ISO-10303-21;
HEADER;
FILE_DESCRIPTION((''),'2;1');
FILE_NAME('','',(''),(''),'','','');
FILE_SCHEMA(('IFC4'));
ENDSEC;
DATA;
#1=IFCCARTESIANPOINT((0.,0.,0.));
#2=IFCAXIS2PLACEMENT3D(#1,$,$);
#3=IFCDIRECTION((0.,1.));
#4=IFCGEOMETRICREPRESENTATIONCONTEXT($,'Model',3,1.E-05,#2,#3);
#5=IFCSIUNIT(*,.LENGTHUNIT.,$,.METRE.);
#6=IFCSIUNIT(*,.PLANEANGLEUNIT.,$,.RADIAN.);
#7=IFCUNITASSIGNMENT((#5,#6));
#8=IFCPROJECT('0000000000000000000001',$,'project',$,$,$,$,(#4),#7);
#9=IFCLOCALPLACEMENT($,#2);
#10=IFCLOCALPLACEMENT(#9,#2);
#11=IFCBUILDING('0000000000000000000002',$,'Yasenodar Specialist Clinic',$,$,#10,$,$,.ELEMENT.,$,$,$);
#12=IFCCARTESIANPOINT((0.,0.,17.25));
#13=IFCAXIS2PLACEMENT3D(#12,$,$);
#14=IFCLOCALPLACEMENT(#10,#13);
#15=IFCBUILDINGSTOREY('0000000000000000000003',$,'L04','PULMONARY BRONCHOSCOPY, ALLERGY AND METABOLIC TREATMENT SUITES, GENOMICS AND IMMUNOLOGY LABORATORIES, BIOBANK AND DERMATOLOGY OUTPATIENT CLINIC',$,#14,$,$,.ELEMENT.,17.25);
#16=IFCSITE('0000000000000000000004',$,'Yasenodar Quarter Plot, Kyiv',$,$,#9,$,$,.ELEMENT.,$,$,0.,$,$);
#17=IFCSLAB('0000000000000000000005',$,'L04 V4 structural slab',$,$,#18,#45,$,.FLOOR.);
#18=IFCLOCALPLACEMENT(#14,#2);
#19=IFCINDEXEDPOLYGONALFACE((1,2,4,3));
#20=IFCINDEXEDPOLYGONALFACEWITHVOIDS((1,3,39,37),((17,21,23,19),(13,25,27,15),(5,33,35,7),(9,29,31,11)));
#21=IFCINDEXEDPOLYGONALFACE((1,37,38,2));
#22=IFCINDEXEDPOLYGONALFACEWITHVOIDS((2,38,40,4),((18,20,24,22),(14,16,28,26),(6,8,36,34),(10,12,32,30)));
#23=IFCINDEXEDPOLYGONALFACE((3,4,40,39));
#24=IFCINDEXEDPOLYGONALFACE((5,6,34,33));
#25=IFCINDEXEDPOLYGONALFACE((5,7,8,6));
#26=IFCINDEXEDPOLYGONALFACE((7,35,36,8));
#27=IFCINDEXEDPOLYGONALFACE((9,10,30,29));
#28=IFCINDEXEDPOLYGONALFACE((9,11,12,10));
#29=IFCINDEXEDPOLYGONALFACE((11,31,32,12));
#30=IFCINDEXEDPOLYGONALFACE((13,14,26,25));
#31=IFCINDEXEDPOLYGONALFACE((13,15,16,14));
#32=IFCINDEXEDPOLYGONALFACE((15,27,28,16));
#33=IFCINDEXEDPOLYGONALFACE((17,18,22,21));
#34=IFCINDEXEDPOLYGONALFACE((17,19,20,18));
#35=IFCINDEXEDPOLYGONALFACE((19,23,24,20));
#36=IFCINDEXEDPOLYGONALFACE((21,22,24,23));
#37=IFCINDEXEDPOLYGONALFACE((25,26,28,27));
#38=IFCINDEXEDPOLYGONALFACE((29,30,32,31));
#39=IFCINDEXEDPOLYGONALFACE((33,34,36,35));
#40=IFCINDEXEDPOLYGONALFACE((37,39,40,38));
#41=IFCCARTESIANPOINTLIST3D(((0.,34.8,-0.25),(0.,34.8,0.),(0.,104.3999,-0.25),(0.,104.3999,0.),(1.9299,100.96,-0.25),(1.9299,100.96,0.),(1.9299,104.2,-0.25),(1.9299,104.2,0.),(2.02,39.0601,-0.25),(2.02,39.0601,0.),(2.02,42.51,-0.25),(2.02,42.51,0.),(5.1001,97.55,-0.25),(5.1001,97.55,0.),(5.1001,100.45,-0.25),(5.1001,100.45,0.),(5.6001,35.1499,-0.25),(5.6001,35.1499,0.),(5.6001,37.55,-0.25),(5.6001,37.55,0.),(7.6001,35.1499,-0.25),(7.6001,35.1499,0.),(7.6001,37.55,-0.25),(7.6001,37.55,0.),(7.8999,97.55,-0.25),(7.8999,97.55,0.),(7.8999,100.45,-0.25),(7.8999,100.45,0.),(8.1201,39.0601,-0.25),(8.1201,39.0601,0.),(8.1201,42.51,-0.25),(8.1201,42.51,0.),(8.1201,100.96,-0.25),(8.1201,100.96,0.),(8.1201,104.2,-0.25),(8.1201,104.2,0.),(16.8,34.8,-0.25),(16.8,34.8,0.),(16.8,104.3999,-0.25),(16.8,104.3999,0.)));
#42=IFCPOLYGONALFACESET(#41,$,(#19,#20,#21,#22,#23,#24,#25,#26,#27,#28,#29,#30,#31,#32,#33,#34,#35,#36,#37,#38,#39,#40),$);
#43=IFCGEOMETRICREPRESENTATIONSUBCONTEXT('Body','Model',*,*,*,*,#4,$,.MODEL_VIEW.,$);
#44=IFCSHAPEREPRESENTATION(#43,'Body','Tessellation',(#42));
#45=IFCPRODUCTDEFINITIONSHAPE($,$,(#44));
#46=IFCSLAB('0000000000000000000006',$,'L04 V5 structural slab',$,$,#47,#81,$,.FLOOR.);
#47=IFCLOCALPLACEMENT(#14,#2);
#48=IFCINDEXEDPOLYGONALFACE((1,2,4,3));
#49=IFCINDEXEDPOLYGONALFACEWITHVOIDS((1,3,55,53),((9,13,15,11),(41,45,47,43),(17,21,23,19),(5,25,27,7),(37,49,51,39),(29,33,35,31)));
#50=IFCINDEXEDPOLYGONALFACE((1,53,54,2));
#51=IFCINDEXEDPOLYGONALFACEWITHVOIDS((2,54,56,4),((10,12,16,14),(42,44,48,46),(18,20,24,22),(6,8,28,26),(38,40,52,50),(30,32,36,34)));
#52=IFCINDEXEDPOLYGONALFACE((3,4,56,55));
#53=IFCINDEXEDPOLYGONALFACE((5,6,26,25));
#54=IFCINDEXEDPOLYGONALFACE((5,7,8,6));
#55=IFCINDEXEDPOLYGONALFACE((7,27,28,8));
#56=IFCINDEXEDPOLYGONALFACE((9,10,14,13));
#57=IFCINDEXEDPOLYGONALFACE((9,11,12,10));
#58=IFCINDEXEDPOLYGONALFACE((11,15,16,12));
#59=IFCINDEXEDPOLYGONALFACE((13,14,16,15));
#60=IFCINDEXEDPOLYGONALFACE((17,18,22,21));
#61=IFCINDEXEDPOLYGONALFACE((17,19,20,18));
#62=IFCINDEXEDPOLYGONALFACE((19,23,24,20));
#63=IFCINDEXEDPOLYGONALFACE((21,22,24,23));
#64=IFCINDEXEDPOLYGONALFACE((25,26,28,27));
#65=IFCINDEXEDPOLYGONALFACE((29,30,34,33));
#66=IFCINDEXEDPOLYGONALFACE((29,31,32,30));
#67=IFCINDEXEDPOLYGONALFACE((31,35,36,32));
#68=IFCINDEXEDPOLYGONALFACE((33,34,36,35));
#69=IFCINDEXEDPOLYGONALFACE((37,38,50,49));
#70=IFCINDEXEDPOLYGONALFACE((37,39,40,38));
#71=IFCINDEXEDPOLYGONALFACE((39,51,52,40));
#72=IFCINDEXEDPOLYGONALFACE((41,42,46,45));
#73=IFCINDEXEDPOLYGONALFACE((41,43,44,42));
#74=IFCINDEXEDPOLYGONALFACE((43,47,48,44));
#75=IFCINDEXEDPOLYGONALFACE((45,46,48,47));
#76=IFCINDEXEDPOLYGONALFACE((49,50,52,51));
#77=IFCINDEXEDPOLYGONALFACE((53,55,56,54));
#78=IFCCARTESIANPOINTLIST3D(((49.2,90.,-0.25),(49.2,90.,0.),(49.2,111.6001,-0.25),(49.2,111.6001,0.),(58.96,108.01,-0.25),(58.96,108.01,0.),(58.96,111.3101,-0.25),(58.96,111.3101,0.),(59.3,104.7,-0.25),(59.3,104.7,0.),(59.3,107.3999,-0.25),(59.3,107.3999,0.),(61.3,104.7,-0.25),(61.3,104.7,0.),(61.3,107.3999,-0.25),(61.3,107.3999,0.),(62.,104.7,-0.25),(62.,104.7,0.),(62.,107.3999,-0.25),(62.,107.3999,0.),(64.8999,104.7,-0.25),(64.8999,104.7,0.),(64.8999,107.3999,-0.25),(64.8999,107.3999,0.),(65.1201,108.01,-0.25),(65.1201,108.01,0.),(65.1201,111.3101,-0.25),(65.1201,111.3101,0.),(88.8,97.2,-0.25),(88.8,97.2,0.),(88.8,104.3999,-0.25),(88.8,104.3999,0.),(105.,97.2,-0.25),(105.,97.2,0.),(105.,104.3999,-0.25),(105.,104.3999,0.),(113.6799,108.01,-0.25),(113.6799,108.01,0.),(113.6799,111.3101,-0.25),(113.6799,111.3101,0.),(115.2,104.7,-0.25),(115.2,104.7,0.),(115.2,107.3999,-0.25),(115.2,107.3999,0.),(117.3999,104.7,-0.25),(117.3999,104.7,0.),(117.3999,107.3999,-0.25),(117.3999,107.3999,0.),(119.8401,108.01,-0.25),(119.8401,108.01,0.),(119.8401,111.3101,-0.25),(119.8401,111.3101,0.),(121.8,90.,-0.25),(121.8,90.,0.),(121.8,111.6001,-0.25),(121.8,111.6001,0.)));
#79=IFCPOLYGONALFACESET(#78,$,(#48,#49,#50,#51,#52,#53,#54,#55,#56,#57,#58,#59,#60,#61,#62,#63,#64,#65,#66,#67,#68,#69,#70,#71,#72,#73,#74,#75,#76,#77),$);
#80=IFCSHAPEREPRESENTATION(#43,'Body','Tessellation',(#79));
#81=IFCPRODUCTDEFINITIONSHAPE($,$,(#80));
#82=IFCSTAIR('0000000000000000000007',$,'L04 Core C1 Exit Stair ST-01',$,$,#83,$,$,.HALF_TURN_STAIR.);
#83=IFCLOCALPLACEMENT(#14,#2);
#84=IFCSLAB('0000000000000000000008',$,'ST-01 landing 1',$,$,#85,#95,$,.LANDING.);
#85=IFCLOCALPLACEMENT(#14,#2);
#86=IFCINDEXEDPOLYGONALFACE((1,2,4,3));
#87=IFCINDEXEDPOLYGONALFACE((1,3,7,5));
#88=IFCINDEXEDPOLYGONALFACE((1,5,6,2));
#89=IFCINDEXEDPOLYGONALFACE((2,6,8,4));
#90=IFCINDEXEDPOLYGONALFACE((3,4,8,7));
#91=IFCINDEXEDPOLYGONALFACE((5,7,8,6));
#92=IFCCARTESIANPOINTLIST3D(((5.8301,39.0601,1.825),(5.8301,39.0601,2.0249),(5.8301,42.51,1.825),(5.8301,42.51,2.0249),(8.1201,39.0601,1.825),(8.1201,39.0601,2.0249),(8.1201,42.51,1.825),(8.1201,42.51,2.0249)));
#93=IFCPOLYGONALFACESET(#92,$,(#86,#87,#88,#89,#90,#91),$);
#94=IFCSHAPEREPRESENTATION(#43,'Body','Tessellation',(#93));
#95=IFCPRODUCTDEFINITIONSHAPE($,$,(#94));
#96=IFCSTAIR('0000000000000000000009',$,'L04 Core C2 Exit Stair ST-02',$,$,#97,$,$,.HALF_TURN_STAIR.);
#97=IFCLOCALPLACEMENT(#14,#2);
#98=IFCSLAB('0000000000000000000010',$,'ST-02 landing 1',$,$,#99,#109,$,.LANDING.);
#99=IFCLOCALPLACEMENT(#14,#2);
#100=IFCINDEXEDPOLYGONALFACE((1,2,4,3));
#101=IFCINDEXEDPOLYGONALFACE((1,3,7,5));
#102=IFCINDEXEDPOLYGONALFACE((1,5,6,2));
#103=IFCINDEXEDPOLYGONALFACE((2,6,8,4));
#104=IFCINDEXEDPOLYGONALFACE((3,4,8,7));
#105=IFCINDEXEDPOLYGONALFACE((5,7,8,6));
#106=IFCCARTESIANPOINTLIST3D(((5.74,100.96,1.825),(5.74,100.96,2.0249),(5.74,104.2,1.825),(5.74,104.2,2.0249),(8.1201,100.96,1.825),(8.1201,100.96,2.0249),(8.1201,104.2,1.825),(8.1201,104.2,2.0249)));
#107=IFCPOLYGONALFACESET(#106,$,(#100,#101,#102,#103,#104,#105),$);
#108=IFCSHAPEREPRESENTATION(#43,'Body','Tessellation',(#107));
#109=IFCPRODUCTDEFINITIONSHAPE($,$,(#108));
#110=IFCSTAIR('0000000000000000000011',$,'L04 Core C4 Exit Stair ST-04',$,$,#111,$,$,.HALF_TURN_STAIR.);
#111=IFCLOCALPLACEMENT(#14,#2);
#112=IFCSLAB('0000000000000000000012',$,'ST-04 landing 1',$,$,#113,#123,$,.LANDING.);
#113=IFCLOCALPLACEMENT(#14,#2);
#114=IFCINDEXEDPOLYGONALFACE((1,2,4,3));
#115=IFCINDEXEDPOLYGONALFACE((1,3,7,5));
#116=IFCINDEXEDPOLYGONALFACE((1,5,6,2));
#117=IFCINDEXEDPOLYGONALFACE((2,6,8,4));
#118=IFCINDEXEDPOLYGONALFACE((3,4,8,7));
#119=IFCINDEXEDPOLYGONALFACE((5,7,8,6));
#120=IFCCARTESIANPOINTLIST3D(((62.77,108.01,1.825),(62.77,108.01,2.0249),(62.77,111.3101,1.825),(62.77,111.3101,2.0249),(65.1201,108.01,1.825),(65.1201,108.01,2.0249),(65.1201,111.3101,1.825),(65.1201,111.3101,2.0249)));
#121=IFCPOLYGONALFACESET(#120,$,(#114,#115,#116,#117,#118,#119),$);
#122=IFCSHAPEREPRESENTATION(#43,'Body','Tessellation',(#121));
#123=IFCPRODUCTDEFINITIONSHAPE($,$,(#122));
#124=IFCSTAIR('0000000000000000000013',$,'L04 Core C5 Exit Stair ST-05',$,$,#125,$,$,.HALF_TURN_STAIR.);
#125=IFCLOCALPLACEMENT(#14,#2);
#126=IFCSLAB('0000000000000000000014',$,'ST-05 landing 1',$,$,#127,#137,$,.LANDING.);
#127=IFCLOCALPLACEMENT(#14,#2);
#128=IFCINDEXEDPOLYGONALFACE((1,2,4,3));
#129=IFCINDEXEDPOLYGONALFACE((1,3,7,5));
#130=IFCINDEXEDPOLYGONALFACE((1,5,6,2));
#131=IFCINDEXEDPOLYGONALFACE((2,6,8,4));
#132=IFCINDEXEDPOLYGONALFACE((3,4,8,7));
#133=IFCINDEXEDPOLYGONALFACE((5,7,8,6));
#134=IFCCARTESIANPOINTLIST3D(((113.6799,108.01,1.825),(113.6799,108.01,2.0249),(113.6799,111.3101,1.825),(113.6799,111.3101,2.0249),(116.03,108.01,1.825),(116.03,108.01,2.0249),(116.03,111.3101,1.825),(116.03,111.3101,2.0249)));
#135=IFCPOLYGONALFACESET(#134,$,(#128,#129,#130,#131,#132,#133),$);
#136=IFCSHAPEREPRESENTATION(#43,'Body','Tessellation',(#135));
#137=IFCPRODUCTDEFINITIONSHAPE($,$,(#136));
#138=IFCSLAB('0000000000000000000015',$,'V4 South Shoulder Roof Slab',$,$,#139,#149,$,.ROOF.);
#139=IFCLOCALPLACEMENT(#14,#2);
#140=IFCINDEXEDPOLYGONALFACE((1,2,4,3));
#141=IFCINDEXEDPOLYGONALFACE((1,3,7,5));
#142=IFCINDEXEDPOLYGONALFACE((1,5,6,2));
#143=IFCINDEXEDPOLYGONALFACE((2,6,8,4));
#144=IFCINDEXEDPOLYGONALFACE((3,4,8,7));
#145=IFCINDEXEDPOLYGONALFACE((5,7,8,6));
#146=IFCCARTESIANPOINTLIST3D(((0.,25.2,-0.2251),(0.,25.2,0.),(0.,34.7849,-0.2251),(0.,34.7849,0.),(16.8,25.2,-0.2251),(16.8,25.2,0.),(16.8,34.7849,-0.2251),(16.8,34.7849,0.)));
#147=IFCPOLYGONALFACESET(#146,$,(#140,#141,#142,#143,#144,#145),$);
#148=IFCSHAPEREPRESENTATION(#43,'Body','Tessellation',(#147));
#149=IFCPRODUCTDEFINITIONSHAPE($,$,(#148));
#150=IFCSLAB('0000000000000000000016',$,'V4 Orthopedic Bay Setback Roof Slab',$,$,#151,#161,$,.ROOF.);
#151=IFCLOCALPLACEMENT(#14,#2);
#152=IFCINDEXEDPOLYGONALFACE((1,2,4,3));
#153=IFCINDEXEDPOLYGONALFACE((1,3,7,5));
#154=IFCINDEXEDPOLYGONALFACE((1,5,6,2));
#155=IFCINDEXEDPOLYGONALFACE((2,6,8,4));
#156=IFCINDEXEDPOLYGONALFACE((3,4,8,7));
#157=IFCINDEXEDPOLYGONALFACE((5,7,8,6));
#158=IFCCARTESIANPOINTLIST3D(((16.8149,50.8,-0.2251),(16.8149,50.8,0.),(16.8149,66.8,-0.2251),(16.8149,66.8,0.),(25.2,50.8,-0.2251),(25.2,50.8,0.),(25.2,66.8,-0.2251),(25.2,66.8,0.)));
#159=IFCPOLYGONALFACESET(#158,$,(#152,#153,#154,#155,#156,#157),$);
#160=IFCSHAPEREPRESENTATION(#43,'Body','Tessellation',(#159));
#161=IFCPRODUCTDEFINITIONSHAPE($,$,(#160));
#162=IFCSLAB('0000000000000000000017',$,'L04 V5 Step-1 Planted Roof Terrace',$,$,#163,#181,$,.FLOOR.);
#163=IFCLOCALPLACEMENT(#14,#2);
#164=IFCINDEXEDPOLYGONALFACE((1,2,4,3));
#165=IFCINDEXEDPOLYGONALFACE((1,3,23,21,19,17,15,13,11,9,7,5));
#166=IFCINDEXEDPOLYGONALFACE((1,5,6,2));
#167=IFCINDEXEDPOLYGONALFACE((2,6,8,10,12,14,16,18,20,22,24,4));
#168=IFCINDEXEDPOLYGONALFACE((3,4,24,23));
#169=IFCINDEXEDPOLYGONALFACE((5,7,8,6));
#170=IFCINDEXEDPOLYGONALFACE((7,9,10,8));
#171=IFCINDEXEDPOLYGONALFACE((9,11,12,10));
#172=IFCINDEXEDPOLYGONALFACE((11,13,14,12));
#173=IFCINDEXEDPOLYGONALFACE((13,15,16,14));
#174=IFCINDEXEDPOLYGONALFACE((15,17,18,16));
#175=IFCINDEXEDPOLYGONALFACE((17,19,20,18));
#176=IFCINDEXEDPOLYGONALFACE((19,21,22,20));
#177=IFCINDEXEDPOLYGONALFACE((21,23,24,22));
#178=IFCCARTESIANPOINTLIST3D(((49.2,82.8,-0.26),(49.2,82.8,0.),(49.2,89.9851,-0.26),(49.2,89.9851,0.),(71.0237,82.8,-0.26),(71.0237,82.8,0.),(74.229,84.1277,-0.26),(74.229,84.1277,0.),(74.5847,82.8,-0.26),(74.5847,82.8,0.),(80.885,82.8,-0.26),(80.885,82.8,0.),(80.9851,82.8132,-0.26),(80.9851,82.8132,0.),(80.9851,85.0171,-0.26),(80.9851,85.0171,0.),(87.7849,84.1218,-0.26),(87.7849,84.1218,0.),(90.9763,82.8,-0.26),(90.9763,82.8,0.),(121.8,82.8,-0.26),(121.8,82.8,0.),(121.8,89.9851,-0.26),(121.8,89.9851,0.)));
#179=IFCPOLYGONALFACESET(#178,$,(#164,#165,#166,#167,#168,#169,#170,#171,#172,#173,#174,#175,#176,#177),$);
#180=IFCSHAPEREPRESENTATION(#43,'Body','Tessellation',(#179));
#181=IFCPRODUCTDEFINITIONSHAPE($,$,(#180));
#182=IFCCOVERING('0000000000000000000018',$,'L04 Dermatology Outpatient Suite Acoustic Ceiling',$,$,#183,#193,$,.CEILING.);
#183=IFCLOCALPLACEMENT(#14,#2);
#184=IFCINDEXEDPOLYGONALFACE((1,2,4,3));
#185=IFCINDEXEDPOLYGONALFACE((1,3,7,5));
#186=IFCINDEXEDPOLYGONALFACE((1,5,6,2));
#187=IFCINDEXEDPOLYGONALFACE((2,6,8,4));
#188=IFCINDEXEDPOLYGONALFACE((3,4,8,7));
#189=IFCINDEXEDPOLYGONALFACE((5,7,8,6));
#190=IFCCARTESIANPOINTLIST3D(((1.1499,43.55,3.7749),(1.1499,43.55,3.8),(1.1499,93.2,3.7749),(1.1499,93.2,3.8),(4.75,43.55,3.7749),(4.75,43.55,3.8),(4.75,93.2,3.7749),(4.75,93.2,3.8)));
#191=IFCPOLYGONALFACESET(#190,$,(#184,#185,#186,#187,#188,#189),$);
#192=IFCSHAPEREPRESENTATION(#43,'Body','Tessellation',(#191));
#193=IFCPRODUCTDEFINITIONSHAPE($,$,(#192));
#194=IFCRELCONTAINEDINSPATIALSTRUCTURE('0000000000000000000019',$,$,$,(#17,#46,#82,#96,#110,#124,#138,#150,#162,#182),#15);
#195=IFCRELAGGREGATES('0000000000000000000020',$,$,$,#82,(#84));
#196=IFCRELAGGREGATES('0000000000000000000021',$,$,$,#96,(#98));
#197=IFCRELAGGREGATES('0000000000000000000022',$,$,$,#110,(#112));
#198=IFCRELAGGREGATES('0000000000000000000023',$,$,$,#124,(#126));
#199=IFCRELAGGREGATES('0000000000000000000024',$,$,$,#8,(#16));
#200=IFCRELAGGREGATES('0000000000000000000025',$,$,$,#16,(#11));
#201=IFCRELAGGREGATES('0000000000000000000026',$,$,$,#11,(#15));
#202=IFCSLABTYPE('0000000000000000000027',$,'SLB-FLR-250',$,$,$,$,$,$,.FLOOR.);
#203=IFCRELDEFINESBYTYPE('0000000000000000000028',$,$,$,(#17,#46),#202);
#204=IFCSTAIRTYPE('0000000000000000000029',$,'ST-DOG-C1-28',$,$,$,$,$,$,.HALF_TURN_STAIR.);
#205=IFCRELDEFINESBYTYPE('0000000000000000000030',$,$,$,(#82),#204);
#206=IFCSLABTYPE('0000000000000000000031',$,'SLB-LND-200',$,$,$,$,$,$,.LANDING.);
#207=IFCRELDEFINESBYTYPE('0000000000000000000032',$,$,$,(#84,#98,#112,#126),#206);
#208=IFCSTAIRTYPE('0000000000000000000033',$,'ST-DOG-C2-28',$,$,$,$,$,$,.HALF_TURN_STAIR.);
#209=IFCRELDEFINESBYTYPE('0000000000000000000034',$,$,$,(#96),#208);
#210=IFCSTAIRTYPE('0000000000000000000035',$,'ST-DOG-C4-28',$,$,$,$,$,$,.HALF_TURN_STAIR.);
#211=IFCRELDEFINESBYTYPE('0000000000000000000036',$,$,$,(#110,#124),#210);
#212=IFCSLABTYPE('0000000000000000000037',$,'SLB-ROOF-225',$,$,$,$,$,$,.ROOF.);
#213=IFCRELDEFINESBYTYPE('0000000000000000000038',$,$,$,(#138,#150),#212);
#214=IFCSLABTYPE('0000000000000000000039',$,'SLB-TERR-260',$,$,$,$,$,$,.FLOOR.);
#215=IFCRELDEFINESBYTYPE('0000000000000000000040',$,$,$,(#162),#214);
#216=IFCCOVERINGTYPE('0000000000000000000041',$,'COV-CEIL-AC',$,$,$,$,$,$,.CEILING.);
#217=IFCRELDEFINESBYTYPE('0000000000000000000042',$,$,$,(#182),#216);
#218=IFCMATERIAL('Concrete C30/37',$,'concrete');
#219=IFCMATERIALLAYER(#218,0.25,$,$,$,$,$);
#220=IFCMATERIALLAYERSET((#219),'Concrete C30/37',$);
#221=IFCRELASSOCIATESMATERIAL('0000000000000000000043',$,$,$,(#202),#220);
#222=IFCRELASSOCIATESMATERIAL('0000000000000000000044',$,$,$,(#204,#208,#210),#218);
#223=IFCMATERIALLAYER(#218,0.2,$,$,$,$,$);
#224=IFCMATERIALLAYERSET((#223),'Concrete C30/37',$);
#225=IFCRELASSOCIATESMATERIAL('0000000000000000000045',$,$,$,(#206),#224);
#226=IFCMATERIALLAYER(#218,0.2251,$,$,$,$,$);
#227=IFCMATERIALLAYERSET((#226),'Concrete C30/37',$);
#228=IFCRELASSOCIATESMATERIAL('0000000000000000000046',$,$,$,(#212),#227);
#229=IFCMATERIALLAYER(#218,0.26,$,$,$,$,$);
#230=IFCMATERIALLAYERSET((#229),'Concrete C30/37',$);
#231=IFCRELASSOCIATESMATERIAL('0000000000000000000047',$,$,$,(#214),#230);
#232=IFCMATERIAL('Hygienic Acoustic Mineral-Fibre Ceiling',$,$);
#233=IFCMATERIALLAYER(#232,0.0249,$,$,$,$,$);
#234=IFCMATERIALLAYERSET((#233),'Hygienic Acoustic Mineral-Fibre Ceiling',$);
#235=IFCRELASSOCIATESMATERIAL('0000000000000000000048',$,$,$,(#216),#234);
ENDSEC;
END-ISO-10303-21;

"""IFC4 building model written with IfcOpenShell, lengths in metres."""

from ifc_helpers import new_model, si_unit, direction, frame, origin, place, context, subcontext, project, spatial, polyline, outline, extrude, material, layer, layer_set, type_object, element, aggregate, save


model = new_model("IFC4")

# Units and contexts
model_context = context("Model", 3, precision=1e-05, world=origin(), true_north=direction((0.0, 1.0)))
body_context = subcontext(model_context, "Body", "Model", "MODEL_VIEW")
ifc_project = project(units=[si_unit("LENGTHUNIT", "METRE"), si_unit("PLANEANGLEUNIT", "RADIAN")], contexts=[model_context])

# Site, building, storey
site_placement = place(None, origin())
site = spatial("IfcSite", under=ifc_project, at=site_placement, Name="Yasenodar Quarter Plot, Kyiv", CompositionType="ELEMENT", RefElevation=0.0)
building_placement = place(site_placement, origin())
building = spatial("IfcBuilding", under=site, at=building_placement, Name="Yasenodar Specialist Clinic", CompositionType="ELEMENT")
storey_placement = place(building_placement, frame((0.0, 0.0, 17.25)))
storey = spatial("IfcBuildingStorey", under=building, at=storey_placement, Name="L04", Description="PULMONARY BRONCHOSCOPY, ALLERGY AND METABOLIC TREATMENT SUITES, GENOMICS AND IMMUNOLOGY LABORATORIES, BIOBANK AND DERMATOLOGY OUTPATIENT CLINIC", CompositionType="ELEMENT", Elevation=17.25)

# Slabs
ifc_material_1 = material(Name="Concrete C30/37", Category="concrete")
ifc_layer_1 = layer(ifc_material_1, 0.25)
ifc_layer_set_1 = layer_set([ifc_layer_1], Name="Concrete C30/37")
slab_type_1 = type_object("IfcSlabType", Name="SLB-FLR-250", PredefinedType="FLOOR", material=ifc_layer_set_1)
slab_1_placement = place(storey_placement, frame((0.0, 0.0, -0.25)))
element("IfcSlab", 1, at=slab_1_placement, inside=storey, type_object=slab_type_1, Name="L04 V4 structural slab", PredefinedType="FLOOR", context=body_context, shape_type="SweptSolid", body=[
    extrude(outline(polyline([(0.0, 104.3999), (16.8, 104.3999), (16.8, 34.8), (0.0, 34.8), (0.0, 104.3999)]), holes=[polyline([(8.1201, 39.0601), (8.1201, 42.51), (2.02, 42.51), (2.02, 39.0601), (8.1201, 39.0601)]), polyline([(8.1201, 100.96), (8.1201, 104.2), (1.9299, 104.2), (1.9299, 100.96), (8.1201, 100.96)]), polyline([(7.6001, 35.1499), (7.6001, 37.55), (5.6001, 37.55), (5.6001, 35.1499), (7.6001, 35.1499)]), polyline([(7.8999, 97.55), (7.8999, 100.45), (5.1001, 100.45), (5.1001, 97.55), (7.8999, 97.55)])]), origin(), (0.0, 0.0, 1.0), 0.25),
])
slab_2_placement = place(storey_placement, frame((0.0, 0.0, -0.25)))
element("IfcSlab", 2, at=slab_2_placement, inside=storey, type_object=slab_type_1, Name="L04 V5 structural slab", PredefinedType="FLOOR", context=body_context, shape_type="SweptSolid", body=[
    extrude(outline(polyline([(49.2, 111.6001), (121.8, 111.6001), (121.8, 90.0), (49.2, 90.0), (49.2, 111.6001)]), holes=[polyline([(65.1201, 108.01), (65.1201, 111.3101), (58.96, 111.3101), (58.96, 108.01), (65.1201, 108.01)]), polyline([(119.8401, 108.01), (119.8401, 111.3101), (113.6799, 111.3101), (113.6799, 108.01), (119.8401, 108.01)]), polyline([(61.3, 104.7), (61.3, 107.3999), (59.3, 107.3999), (59.3, 104.7), (61.3, 104.7)]), polyline([(64.8999, 104.7), (64.8999, 107.3999), (62.0, 107.3999), (62.0, 104.7), (64.8999, 104.7)]), polyline([(117.3999, 104.7), (117.3999, 107.3999), (115.2, 107.3999), (115.2, 104.7), (117.3999, 104.7)]), polyline([(105.0, 97.2), (105.0, 104.3999), (88.8, 104.3999), (88.8, 97.2), (105.0, 97.2)])]), origin(), (0.0, 0.0, 1.0), 0.25),
])

# Stairs, slabs
stair_type_1 = type_object("IfcStairType", Name="ST-DOG-C1-28", PredefinedType="HALF_TURN_STAIR", material=ifc_material_1)
stair_1_placement = place(storey_placement, origin())
stair_1 = element("IfcStair", 3, at=stair_1_placement, inside=storey, type_object=stair_type_1, Name="L04 Core C1 Exit Stair ST-01", PredefinedType="HALF_TURN_STAIR")
ifc_layer_2 = layer(ifc_material_1, 0.2)
ifc_layer_set_2 = layer_set([ifc_layer_2], Name="Concrete C30/37")
slab_type_2 = type_object("IfcSlabType", Name="SLB-LND-200", PredefinedType="LANDING", material=ifc_layer_set_2)
slab_3_placement = place(storey_placement, frame((0.0, 0.0, 1.825)))
slab_3 = element("IfcSlab", 4, at=slab_3_placement, type_object=slab_type_2, Name="ST-01 landing 1", PredefinedType="LANDING", context=body_context, shape_type="SweptSolid", body=[
    extrude(outline(polyline([(5.8301, 39.0601), (8.1201, 39.0601), (8.1201, 42.51), (5.8301, 42.51), (5.8301, 39.0601)])), origin(), (0.0, 0.0, 1.0), 0.2),
])
aggregate(stair_1, [slab_3])
stair_type_2 = type_object("IfcStairType", Name="ST-DOG-C2-28", PredefinedType="HALF_TURN_STAIR", material=ifc_material_1)
stair_2_placement = place(storey_placement, origin())
stair_2 = element("IfcStair", 5, at=stair_2_placement, inside=storey, type_object=stair_type_2, Name="L04 Core C2 Exit Stair ST-02", PredefinedType="HALF_TURN_STAIR")
slab_4_placement = place(storey_placement, frame((0.0, 0.0, 1.825)))
slab_4 = element("IfcSlab", 6, at=slab_4_placement, type_object=slab_type_2, Name="ST-02 landing 1", PredefinedType="LANDING", context=body_context, shape_type="SweptSolid", body=[
    extrude(outline(polyline([(5.74, 100.96), (8.1201, 100.96), (8.1201, 104.2), (5.74, 104.2), (5.74, 100.96)])), origin(), (0.0, 0.0, 1.0), 0.2),
])
aggregate(stair_2, [slab_4])
stair_type_3 = type_object("IfcStairType", Name="ST-DOG-C4-28", PredefinedType="HALF_TURN_STAIR", material=ifc_material_1)
stair_3_placement = place(storey_placement, origin())
stair_3 = element("IfcStair", 7, at=stair_3_placement, inside=storey, type_object=stair_type_3, Name="L04 Core C4 Exit Stair ST-04", PredefinedType="HALF_TURN_STAIR")
slab_5_placement = place(storey_placement, frame((0.0, 0.0, 1.825)))
slab_5 = element("IfcSlab", 8, at=slab_5_placement, type_object=slab_type_2, Name="ST-04 landing 1", PredefinedType="LANDING", context=body_context, shape_type="SweptSolid", body=[
    extrude(outline(polyline([(62.77, 108.01), (65.1201, 108.01), (65.1201, 111.3101), (62.77, 111.3101), (62.77, 108.01)])), origin(), (0.0, 0.0, 1.0), 0.2),
])
aggregate(stair_3, [slab_5])
stair_4_placement = place(storey_placement, origin())
stair_4 = element("IfcStair", 9, at=stair_4_placement, inside=storey, type_object=stair_type_3, Name="L04 Core C5 Exit Stair ST-05", PredefinedType="HALF_TURN_STAIR")
slab_6_placement = place(storey_placement, frame((0.0, 0.0, 1.825)))
slab_6 = element("IfcSlab", 10, at=slab_6_placement, type_object=slab_type_2, Name="ST-05 landing 1", PredefinedType="LANDING", context=body_context, shape_type="SweptSolid", body=[
    extrude(outline(polyline([(116.03, 111.3101), (113.6799, 111.3101), (113.6799, 108.01), (116.03, 108.01), (116.03, 111.3101)])), origin(), (0.0, 0.0, 1.0), 0.2),
])
aggregate(stair_4, [slab_6])

# Slabs
ifc_layer_3 = layer(ifc_material_1, 0.2251)
ifc_layer_set_3 = layer_set([ifc_layer_3], Name="Concrete C30/37")
slab_type_3 = type_object("IfcSlabType", Name="SLB-ROOF-225", PredefinedType="ROOF", material=ifc_layer_set_3)
slab_7_placement = place(storey_placement, frame((0.0, 0.0, -0.2251)))
element("IfcSlab", 11, at=slab_7_placement, inside=storey, type_object=slab_type_3, Name="V4 South Shoulder Roof Slab", PredefinedType="ROOF", context=body_context, shape_type="SweptSolid", body=[
    extrude(outline(polyline([(16.8, 25.2), (0.0, 25.2), (0.0, 34.7849), (16.8, 34.7849), (16.8, 25.2)])), origin(), (0.0, 0.0, 1.0), 0.2251),
])
slab_8_placement = place(storey_placement, frame((0.0, 0.0, -0.2251)))
element("IfcSlab", 12, at=slab_8_placement, inside=storey, type_object=slab_type_3, Name="V4 Orthopedic Bay Setback Roof Slab", PredefinedType="ROOF", context=body_context, shape_type="SweptSolid", body=[
    extrude(outline(polyline([(25.2, 66.8), (25.2, 50.8), (16.8149, 50.8), (16.8149, 66.8), (25.2, 66.8)])), origin(), (0.0, 0.0, 1.0), 0.2251),
])
ifc_layer_4 = layer(ifc_material_1, 0.26)
ifc_layer_set_4 = layer_set([ifc_layer_4], Name="Concrete C30/37")
slab_type_4 = type_object("IfcSlabType", Name="SLB-TERR-260", PredefinedType="FLOOR", material=ifc_layer_set_4)
slab_9_placement = place(storey_placement, frame((0.0, 0.0, -0.26)))
element("IfcSlab", 13, at=slab_9_placement, inside=storey, type_object=slab_type_4, Name="L04 V5 Step-1 Planted Roof Terrace", PredefinedType="FLOOR", context=body_context, shape_type="SweptSolid", body=[
    extrude(outline(polyline([(49.2, 82.8), (49.2, 89.9851), (121.8, 89.9851), (121.8, 82.8), (90.9763, 82.8), (87.7849, 84.1218), (80.9851, 85.0171), (80.9851, 82.8132), (80.885, 82.8), (74.5847, 82.8), (74.229, 84.1277), (71.0237, 82.8), (49.2, 82.8)])), origin(), (0.0, 0.0, 1.0), 0.26),
])

# Covering
ifc_material_2 = material(Name="Hygienic Acoustic Mineral-Fibre Ceiling")
ifc_layer_5 = layer(ifc_material_2, 0.0249)
ifc_layer_set_5 = layer_set([ifc_layer_5], Name="Hygienic Acoustic Mineral-Fibre Ceiling")
covering_type_1 = type_object("IfcCoveringType", Name="COV-CEIL-AC", PredefinedType="CEILING", material=ifc_layer_set_5)
covering_1_placement = place(storey_placement, frame((0.0, 0.0, 3.7749)))
element("IfcCovering", 14, at=covering_1_placement, inside=storey, type_object=covering_type_1, Name="L04 Dermatology Outpatient Suite Acoustic Ceiling", PredefinedType="CEILING", context=body_context, shape_type="SweptSolid", body=[
    extrude(outline(polyline([(4.75, 93.2), (4.75, 43.55), (1.1499, 43.55), (1.1499, 93.2), (4.75, 93.2)])), origin(), (0.0, 0.0, 1.0), 0.0251),
])

save(model, "model.ifc")
